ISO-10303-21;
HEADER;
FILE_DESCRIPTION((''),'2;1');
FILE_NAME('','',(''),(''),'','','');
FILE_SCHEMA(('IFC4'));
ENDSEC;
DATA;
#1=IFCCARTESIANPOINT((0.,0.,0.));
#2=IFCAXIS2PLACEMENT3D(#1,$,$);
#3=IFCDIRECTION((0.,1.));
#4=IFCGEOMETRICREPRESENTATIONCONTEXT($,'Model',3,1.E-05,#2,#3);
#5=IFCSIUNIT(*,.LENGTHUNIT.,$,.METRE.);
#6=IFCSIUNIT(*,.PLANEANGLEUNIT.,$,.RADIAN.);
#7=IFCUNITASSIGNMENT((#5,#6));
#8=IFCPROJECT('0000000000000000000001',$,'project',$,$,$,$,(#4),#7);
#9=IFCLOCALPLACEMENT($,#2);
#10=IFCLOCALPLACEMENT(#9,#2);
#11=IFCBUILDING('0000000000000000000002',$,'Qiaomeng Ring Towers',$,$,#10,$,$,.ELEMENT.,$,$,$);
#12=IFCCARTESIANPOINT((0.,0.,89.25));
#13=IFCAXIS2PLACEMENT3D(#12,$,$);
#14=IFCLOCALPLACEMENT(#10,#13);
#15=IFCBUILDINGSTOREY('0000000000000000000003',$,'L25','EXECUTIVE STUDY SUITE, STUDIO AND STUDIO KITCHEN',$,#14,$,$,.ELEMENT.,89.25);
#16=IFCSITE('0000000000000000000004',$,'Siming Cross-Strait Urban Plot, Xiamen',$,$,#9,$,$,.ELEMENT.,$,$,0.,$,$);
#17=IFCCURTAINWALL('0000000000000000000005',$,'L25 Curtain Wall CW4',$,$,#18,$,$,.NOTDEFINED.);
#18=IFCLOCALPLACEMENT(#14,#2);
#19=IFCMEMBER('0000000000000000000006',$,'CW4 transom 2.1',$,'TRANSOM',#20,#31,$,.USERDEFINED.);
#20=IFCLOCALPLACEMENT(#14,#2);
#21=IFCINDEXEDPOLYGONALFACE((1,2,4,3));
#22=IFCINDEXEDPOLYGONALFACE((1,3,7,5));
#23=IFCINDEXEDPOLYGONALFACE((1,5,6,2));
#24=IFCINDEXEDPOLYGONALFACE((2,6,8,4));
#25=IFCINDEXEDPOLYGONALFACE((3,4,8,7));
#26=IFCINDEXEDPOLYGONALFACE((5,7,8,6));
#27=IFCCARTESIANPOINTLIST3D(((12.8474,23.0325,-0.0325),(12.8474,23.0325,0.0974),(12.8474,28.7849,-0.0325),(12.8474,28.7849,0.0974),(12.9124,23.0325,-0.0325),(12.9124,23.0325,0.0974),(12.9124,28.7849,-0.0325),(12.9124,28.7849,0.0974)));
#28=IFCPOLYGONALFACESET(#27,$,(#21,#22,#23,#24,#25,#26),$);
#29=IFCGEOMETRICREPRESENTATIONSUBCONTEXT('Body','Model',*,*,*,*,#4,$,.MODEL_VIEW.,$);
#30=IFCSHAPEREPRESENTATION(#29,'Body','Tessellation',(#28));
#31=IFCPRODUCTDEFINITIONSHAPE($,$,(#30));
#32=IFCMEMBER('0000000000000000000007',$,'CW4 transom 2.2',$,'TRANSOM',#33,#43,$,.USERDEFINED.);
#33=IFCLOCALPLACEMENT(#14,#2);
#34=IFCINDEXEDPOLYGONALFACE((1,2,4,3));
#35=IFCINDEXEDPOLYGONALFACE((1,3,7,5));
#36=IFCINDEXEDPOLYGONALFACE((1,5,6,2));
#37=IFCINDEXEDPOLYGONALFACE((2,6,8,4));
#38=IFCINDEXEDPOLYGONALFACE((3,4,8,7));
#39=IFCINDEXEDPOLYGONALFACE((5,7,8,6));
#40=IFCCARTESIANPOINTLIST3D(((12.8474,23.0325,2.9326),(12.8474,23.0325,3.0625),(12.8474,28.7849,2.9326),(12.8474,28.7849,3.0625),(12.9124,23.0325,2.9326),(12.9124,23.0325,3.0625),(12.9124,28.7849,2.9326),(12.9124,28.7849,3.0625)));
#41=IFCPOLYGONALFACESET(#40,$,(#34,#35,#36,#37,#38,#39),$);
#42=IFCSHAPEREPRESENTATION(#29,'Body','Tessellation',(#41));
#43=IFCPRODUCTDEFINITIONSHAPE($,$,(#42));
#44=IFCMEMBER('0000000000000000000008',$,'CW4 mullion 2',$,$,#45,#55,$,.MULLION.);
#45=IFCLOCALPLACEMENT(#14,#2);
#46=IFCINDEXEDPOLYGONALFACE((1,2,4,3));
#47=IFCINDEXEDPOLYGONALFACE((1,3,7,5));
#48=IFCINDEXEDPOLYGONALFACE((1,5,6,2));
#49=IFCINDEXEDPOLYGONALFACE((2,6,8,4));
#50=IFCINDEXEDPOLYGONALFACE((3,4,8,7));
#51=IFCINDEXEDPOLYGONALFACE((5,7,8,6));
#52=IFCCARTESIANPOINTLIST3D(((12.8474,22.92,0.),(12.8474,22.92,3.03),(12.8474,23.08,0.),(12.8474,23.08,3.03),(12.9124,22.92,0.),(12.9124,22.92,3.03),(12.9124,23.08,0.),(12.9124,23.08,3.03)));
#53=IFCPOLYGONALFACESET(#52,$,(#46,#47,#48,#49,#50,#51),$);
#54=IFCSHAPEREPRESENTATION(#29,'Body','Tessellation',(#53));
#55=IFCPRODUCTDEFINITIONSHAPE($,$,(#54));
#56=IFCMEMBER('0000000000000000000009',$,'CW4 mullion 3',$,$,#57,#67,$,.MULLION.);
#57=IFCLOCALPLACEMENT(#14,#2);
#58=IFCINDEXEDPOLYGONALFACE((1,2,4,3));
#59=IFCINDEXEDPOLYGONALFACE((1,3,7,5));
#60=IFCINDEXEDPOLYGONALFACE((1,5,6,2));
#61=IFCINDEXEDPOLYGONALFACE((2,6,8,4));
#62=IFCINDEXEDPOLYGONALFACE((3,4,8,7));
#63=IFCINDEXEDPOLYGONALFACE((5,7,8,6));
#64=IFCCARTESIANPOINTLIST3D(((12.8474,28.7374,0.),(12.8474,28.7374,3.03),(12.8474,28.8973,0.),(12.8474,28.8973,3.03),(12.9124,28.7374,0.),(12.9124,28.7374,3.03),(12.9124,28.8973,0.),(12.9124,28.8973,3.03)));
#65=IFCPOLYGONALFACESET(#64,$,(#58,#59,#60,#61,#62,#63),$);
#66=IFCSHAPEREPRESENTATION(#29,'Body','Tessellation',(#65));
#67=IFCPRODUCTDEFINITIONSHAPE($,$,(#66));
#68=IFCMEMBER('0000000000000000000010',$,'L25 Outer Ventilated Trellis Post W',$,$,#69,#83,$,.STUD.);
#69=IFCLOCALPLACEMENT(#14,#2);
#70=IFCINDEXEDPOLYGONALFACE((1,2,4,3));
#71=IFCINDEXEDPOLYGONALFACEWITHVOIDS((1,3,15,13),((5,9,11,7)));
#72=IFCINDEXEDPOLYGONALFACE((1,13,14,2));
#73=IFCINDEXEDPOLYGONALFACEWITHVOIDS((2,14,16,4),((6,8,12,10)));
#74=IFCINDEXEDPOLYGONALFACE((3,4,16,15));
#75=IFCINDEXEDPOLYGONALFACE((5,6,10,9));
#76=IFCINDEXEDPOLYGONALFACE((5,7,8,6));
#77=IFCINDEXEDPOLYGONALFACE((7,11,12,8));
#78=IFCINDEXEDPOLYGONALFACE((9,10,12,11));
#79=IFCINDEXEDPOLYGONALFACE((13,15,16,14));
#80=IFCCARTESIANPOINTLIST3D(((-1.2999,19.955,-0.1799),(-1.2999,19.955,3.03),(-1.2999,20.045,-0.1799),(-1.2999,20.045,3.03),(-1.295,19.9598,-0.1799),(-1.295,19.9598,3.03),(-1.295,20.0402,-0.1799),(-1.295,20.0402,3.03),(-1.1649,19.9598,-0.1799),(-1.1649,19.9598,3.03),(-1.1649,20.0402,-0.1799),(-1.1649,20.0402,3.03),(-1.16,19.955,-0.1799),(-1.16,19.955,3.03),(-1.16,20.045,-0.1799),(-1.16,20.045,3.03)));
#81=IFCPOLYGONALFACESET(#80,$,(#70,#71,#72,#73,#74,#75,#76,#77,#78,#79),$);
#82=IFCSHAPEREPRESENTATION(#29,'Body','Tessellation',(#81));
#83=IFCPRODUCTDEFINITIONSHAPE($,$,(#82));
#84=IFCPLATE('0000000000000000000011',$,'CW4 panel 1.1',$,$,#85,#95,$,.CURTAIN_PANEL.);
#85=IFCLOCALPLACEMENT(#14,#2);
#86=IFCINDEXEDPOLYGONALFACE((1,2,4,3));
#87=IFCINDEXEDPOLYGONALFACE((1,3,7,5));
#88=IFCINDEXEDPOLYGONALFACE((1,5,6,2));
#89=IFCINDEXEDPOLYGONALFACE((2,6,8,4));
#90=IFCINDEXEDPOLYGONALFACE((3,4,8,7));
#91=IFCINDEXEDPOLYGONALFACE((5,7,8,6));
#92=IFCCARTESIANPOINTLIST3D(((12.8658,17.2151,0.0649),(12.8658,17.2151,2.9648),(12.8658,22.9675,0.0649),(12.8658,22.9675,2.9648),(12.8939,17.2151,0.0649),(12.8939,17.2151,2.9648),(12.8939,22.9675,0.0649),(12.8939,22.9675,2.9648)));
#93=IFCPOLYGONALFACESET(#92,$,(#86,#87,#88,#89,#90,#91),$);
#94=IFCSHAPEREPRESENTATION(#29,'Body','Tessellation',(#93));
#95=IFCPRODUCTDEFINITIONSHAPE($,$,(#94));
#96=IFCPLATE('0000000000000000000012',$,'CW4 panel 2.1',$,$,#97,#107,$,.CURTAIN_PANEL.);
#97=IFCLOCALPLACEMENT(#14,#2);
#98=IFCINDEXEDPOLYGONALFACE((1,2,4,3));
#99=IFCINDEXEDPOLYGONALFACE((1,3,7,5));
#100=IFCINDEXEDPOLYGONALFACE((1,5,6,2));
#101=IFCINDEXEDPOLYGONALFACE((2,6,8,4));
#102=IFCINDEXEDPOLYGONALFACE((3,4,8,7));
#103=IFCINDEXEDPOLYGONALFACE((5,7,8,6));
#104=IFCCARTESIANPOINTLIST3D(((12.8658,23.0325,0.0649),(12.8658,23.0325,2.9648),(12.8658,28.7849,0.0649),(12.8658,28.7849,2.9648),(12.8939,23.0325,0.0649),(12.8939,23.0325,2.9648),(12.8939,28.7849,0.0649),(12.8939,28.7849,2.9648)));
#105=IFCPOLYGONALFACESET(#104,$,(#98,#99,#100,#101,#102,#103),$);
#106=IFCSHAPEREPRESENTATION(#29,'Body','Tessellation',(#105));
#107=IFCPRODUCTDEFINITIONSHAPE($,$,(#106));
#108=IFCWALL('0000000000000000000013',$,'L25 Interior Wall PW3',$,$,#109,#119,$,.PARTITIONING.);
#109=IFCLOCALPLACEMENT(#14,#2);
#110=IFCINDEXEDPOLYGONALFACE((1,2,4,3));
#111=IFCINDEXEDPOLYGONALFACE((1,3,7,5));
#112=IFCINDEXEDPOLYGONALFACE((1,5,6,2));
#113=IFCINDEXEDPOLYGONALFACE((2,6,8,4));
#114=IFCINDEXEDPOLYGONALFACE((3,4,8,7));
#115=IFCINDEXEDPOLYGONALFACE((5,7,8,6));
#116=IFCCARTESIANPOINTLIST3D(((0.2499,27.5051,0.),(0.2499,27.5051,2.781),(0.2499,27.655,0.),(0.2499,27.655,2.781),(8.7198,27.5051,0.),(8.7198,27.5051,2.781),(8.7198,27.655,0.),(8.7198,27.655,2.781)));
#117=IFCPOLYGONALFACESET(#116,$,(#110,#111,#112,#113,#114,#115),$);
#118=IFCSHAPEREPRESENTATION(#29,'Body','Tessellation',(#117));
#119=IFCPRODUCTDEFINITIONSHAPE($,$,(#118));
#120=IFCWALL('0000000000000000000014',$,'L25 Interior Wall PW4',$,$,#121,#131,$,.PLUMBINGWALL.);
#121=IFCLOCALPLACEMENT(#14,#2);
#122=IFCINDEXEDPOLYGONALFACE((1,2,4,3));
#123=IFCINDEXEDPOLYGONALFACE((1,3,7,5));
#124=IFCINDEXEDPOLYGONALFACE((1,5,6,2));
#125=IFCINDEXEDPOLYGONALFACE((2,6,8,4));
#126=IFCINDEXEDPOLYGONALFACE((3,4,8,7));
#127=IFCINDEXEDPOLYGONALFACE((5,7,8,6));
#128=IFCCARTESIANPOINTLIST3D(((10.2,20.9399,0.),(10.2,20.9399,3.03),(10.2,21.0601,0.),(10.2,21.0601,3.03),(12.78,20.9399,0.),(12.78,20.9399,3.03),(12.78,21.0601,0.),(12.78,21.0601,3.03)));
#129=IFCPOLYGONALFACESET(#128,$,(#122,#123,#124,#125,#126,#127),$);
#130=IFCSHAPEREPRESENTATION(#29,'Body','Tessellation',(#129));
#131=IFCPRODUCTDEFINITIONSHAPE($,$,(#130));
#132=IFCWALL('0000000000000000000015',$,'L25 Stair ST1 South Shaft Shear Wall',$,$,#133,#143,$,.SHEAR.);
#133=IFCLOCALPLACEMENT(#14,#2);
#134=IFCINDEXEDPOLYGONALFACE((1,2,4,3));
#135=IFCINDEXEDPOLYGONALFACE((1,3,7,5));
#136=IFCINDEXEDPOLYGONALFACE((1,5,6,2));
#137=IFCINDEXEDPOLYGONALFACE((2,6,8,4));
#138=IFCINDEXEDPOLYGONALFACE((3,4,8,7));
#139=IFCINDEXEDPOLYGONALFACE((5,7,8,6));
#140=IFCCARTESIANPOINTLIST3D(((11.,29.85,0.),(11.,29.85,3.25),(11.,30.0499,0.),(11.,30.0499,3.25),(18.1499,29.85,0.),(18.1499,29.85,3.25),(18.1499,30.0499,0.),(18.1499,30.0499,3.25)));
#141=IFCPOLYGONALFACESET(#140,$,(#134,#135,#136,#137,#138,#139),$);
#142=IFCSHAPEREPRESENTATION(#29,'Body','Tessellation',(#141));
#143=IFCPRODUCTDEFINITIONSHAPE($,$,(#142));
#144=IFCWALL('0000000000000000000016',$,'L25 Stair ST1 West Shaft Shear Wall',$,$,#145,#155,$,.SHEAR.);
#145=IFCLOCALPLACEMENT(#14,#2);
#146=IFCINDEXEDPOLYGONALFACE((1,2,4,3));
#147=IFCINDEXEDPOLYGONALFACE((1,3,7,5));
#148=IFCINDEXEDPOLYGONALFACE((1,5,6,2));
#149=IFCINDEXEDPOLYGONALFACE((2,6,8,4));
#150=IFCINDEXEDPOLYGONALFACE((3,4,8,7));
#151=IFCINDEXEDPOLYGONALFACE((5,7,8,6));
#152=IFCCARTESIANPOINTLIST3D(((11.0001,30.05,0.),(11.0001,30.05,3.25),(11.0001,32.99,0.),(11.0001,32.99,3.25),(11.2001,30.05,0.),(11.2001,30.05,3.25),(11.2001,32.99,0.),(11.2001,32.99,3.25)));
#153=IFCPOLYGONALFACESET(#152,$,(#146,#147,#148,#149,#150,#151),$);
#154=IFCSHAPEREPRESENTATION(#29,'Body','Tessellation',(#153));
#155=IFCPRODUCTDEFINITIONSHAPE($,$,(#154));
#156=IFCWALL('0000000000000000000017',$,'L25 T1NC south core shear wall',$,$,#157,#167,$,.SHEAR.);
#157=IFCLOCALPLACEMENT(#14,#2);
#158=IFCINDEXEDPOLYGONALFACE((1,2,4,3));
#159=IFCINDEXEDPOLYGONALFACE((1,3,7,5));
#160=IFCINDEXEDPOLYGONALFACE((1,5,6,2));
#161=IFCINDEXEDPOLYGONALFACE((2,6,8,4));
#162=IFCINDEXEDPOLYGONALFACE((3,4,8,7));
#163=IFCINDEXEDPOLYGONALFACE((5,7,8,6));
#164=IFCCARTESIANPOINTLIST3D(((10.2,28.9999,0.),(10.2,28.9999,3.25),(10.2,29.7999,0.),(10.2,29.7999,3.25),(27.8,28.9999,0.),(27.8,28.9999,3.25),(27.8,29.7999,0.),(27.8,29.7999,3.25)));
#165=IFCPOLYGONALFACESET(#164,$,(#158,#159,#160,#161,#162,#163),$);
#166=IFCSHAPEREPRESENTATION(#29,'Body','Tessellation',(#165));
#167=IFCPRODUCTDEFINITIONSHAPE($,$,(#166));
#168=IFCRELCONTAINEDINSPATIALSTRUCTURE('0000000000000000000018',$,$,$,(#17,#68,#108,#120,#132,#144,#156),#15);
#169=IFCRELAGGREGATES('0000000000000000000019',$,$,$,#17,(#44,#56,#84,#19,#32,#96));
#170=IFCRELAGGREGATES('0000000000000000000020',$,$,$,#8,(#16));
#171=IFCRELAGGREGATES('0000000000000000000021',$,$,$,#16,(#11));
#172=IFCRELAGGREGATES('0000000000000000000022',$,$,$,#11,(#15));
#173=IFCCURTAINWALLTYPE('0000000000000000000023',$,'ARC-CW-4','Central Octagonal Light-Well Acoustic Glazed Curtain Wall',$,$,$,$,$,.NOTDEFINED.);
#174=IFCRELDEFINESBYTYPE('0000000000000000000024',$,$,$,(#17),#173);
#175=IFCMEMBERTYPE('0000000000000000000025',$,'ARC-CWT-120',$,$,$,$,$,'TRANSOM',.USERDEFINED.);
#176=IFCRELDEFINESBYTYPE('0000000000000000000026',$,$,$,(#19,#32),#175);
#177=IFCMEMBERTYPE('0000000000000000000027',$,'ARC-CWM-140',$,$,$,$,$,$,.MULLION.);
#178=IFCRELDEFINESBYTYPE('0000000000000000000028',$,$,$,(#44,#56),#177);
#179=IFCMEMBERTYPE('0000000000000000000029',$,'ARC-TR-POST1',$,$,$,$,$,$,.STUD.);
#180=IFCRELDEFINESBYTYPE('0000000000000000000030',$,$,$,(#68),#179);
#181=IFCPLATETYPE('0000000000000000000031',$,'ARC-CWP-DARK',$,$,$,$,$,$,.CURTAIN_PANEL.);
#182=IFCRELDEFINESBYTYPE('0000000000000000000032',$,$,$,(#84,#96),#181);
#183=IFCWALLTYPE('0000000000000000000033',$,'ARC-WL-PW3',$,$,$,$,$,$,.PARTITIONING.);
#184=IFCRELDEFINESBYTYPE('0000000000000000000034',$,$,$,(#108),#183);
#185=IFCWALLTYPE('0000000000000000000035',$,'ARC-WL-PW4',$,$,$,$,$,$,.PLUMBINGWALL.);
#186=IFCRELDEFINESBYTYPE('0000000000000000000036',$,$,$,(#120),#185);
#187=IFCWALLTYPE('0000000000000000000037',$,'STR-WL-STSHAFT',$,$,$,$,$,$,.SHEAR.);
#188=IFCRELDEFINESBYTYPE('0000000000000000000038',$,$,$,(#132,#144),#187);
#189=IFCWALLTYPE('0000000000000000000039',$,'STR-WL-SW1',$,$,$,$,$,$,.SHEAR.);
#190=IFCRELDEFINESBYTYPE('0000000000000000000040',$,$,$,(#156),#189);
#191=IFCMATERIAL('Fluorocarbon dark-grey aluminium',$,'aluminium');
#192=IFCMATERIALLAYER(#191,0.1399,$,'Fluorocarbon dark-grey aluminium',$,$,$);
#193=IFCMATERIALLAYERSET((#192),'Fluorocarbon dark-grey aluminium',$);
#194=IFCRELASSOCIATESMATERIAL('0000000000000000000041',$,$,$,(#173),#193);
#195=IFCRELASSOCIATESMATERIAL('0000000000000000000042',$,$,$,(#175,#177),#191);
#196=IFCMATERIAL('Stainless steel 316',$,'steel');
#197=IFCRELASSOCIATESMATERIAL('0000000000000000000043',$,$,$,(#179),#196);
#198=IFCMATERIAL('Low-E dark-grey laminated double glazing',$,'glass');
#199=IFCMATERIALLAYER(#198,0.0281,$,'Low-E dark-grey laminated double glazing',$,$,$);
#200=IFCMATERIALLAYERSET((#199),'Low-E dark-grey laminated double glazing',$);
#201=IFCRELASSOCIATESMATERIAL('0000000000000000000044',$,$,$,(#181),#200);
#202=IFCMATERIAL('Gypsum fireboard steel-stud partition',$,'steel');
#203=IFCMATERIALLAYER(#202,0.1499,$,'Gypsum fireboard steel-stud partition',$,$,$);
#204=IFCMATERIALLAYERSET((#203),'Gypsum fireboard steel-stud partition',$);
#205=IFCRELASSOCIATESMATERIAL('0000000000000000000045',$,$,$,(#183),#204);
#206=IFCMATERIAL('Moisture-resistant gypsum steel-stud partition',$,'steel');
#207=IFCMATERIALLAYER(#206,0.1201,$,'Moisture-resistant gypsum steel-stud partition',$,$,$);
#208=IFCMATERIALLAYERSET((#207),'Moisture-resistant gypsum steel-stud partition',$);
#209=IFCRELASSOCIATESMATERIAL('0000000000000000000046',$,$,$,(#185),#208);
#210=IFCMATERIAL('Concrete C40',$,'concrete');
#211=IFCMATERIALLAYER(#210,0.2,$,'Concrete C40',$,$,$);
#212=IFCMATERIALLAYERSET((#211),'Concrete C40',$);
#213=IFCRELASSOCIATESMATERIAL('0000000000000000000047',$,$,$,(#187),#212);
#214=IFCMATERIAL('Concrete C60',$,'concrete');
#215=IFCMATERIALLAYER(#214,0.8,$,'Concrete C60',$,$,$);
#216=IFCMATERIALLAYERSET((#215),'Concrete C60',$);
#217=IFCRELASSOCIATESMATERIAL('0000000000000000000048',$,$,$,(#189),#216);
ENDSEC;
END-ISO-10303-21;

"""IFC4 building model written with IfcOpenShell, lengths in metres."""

from ifc_helpers import new_model, si_unit, direction, frame, frame_2d, origin, origin_2d, place, context, subcontext, project, spatial, rectangle, hollow_rectangle, extrude, source, transform, mapped, material, layer, layer_set, material_profile, profile_set, type_object, element, aggregate, save


model = new_model("IFC4")

# Units and contexts
model_context = context("Model", 3, precision=1e-05, world=origin(), true_north=direction((0.0, 1.0)))
body_context = subcontext(model_context, "Body", "Model", "MODEL_VIEW")
ifc_project = project(units=[si_unit("LENGTHUNIT", "METRE"), si_unit("PLANEANGLEUNIT", "RADIAN")], contexts=[model_context])

# Site, building, storey
site_placement = place(None, origin())
site = spatial("IfcSite", under=ifc_project, at=site_placement, Name="Siming Cross-Strait Urban Plot, Xiamen", CompositionType="ELEMENT", RefElevation=0.0)
building_placement = place(site_placement, origin())
building = spatial("IfcBuilding", under=site, at=building_placement, Name="Qiaomeng Ring Towers", CompositionType="ELEMENT")
storey_placement = place(building_placement, frame((0.0, 0.0, 89.25)))
storey = spatial("IfcBuildingStorey", under=building, at=storey_placement, Name="L25", Description="EXECUTIVE STUDY SUITE, STUDIO AND STUDIO KITCHEN", CompositionType="ELEMENT", Elevation=89.25)

# Shared definitions
ifc_material_1 = material(Name="Concrete C60", Category="concrete")

# Curtain wall, members
ifc_material_2 = material(Name="Fluorocarbon dark-grey aluminium", Category="aluminium")
ifc_layer_1 = layer(ifc_material_2, 0.1399, Name="Fluorocarbon dark-grey aluminium")
ifc_layer_set_1 = layer_set([ifc_layer_1], Name="Fluorocarbon dark-grey aluminium")
curtain_wall_type = type_object("IfcCurtainWallType", Name="ARC-CW-4", Description="Central Octagonal Light-Well Acoustic Glazed Curtain Wall", PredefinedType="NOTDEFINED", material=ifc_layer_set_1)
curtain_wall_placement = place(storey_placement, origin())
curtain_wall = element("IfcCurtainWall", 1, at=curtain_wall_placement, inside=storey, type_object=curtain_wall_type, Name="L25 Curtain Wall CW4", PredefinedType="NOTDEFINED")
ifc_material_profile_1 = material_profile(ifc_material_2, rectangle(XDim=0.0649, YDim=0.1299, at=origin_2d()), Name="ALU TRAN 65x130")
ifc_profile_set_1 = profile_set([ifc_material_profile_1], Name="Fluorocarbon dark-grey aluminium")
member_type_1 = type_object("IfcMemberType", Name="ARC-CWT-120", ElementType="TRANSOM", PredefinedType="USERDEFINED", material=ifc_profile_set_1)
shared_shape_1 = source(origin(), body_context, "Body", "SweptSolid", [
    extrude(rectangle(XDim=0.0649, YDim=0.1299, at=origin_2d()), origin(), (0.0, 0.0, 1.0), 5.7524),
])
member_1_placement = place(storey_placement, frame((12.8799, 23.0325, 0.0325), z_axis=(0.0, 1.0, 0.0), x_axis=(-1.0, 0.0, 0.0)))
member_1 = element("IfcMember", 2, at=member_1_placement, type_object=member_type_1, Name="CW4 transom 2.1", ObjectType="TRANSOM", PredefinedType="USERDEFINED", context=body_context, shape_type="MappedRepresentation", body=[
    mapped(shared_shape_1, transform((0.0, 0.0, 0.0), x_axis=(1.0, 0.0, 0.0), y_axis=(0.0, 1.0, 0.0), z_axis=(0.0, 0.0, 1.0), scale=1.0)),
])
member_2_placement = place(storey_placement, frame((12.8799, 23.0325, 2.9976), z_axis=(0.0, 1.0, 0.0), x_axis=(-1.0, 0.0, 0.0)))
member_2 = element("IfcMember", 3, at=member_2_placement, type_object=member_type_1, Name="CW4 transom 2.2", ObjectType="TRANSOM", PredefinedType="USERDEFINED", context=body_context, shape_type="MappedRepresentation", body=[
    mapped(shared_shape_1, transform((0.0, 0.0, 0.0), x_axis=(1.0, 0.0, 0.0), y_axis=(0.0, 1.0, 0.0), z_axis=(0.0, 0.0, 1.0), scale=1.0)),
])
ifc_material_profile_2 = material_profile(ifc_material_2, rectangle(XDim=0.0649, YDim=0.1599, at=origin_2d()), Name="ALU MULL 65x160")
ifc_profile_set_2 = profile_set([ifc_material_profile_2], Name="Fluorocarbon dark-grey aluminium")
member_type_2 = type_object("IfcMemberType", Name="ARC-CWM-140", PredefinedType="MULLION", material=ifc_profile_set_2)
shared_shape_2 = source(origin(), body_context, "Body", "SweptSolid", [
    extrude(rectangle(XDim=0.0649, YDim=0.1599, at=origin_2d()), origin(), (0.0, 0.0, 1.0), 3.03),
])
member_3_placement = place(storey_placement, frame((12.8799, 23.0, 0.0), z_axis=(0.0, 0.0, 1.0), x_axis=(-1.0, 0.0, 0.0)))
member_3 = element("IfcMember", 4, at=member_3_placement, type_object=member_type_2, Name="CW4 mullion 2", PredefinedType="MULLION", context=body_context, shape_type="MappedRepresentation", body=[
    mapped(shared_shape_2, transform((0.0, 0.0, 0.0), x_axis=(1.0, 0.0, 0.0), y_axis=(0.0, 1.0, 0.0), z_axis=(0.0, 0.0, 1.0), scale=1.0)),
])
member_4_placement = place(storey_placement, frame((12.8799, 28.8174, 0.0), z_axis=(0.0, 0.0, 1.0), x_axis=(-1.0, 0.0, 0.0)))
member_4 = element("IfcMember", 5, at=member_4_placement, type_object=member_type_2, Name="CW4 mullion 3", PredefinedType="MULLION", context=body_context, shape_type="MappedRepresentation", body=[
    mapped(shared_shape_2, transform((0.0, 0.0, 0.0), x_axis=(1.0, 0.0, 0.0), y_axis=(0.0, 1.0, 0.0), z_axis=(0.0, 0.0, 1.0), scale=1.0)),
])

# Member
ifc_material_3 = material(Name="Stainless steel 316", Category="steel")
ifc_material_profile_3 = material_profile(ifc_material_3, hollow_rectangle(XDim=0.0901, YDim=0.1399, WallThickness=0.0049, at=origin_2d()), Name="SS TRELLIS 90x140")
ifc_profile_set_3 = profile_set([ifc_material_profile_3], Name="Stainless steel 316")
member_type_3 = type_object("IfcMemberType", Name="ARC-TR-POST1", PredefinedType="STUD", material=ifc_profile_set_3)
shared_shape_3 = source(origin(), body_context, "Body", "SweptSolid", [
    extrude(hollow_rectangle(XDim=0.0901, YDim=0.1399, WallThickness=0.0049, at=origin_2d()), origin(), (0.0, 0.0, 1.0), 3.21),
])
member_5_placement = place(storey_placement, frame((-1.23, 20.0, -0.1799), z_axis=(0.0, 0.0, 1.0), x_axis=(0.0, 1.0, 0.0)))
element("IfcMember", 6, at=member_5_placement, inside=storey, type_object=member_type_3, Name="L25 Outer Ventilated Trellis Post W", PredefinedType="STUD", context=body_context, shape_type="MappedRepresentation", body=[
    mapped(shared_shape_3, transform((0.0, 0.0, 0.0), x_axis=(1.0, 0.0, 0.0), y_axis=(0.0, 1.0, 0.0), z_axis=(0.0, 0.0, 1.0), scale=1.0)),
])

# Plates
ifc_material_4 = material(Name="Low-E dark-grey laminated double glazing", Category="glass")
ifc_layer_2 = layer(ifc_material_4, 0.0281, Name="Low-E dark-grey laminated double glazing")
ifc_layer_set_2 = layer_set([ifc_layer_2], Name="Low-E dark-grey laminated double glazing")
plate_type = type_object("IfcPlateType", Name="ARC-CWP-DARK", PredefinedType="CURTAIN_PANEL", material=ifc_layer_set_2)
shared_shape_4 = source(origin(), body_context, "Body", "SweptSolid", [
    extrude(rectangle(XDim=5.7524, YDim=0.0281, at=origin_2d()), origin(), (0.0, 0.0, 1.0), 2.8999),
])
plate_1_placement = place(storey_placement, frame((12.8799, 20.0913, 0.0649), z_axis=(0.0, 0.0, 1.0), x_axis=(0.0, 1.0, 0.0)))
plate_1 = element("IfcPlate", 7, at=plate_1_placement, type_object=plate_type, Name="CW4 panel 1.1", PredefinedType="CURTAIN_PANEL", context=body_context, shape_type="MappedRepresentation", body=[
    mapped(shared_shape_4, transform((0.0, 0.0, 0.0), x_axis=(1.0, 0.0, 0.0), y_axis=(0.0, 1.0, 0.0), z_axis=(0.0, 0.0, 1.0), scale=1.0)),
])
plate_2_placement = place(storey_placement, frame((12.8799, 25.9087, 0.0649), z_axis=(0.0, 0.0, 1.0), x_axis=(0.0, 1.0, 0.0)))
plate_2 = element("IfcPlate", 8, at=plate_2_placement, type_object=plate_type, Name="CW4 panel 2.1", PredefinedType="CURTAIN_PANEL", context=body_context, shape_type="MappedRepresentation", body=[
    mapped(shared_shape_4, transform((0.0, 0.0, 0.0), x_axis=(1.0, 0.0, 0.0), y_axis=(0.0, 1.0, 0.0), z_axis=(0.0, 0.0, 1.0), scale=1.0)),
])
aggregate(curtain_wall, [member_3, member_4, plate_1, member_1, member_2, plate_2])

# Walls
ifc_material_5 = material(Name="Gypsum fireboard steel-stud partition", Category="steel")
ifc_layer_3 = layer(ifc_material_5, 0.1499, Name="Gypsum fireboard steel-stud partition")
ifc_layer_set_3 = layer_set([ifc_layer_3], Name="Gypsum fireboard steel-stud partition")
wall_type_1 = type_object("IfcWallType", Name="ARC-WL-PW3", PredefinedType="PARTITIONING", material=ifc_layer_set_3)
wall_1_placement = place(storey_placement, frame((0.25, 27.5801, 0.0), z_axis=(0.0, 0.0, 1.0), x_axis=(1.0, 0.0, 0.0)))
element("IfcWall", 9, at=wall_1_placement, inside=storey, type_object=wall_type_1, Name="L25 Interior Wall PW3", PredefinedType="PARTITIONING", context=body_context, shape_type="SweptSolid", body=[
    extrude(rectangle(XDim=8.47, YDim=0.1499, at=frame_2d((4.2349, 0.0))), origin(), (0.0, 0.0, 1.0), 2.781),
])
ifc_material_6 = material(Name="Moisture-resistant gypsum steel-stud partition", Category="steel")
ifc_layer_4 = layer(ifc_material_6, 0.1201, Name="Moisture-resistant gypsum steel-stud partition")
ifc_layer_set_4 = layer_set([ifc_layer_4], Name="Moisture-resistant gypsum steel-stud partition")
wall_type_2 = type_object("IfcWallType", Name="ARC-WL-PW4", PredefinedType="PLUMBINGWALL", material=ifc_layer_set_4)
wall_2_placement = place(storey_placement, frame((10.2, 21.0, 0.0), z_axis=(0.0, 0.0, 1.0), x_axis=(1.0, 0.0, 0.0)))
element("IfcWall", 10, at=wall_2_placement, inside=storey, type_object=wall_type_2, Name="L25 Interior Wall PW4", PredefinedType="PLUMBINGWALL", context=body_context, shape_type="SweptSolid", body=[
    extrude(rectangle(XDim=2.5801, YDim=0.1201, at=frame_2d((1.29, 0.0))), origin(), (0.0, 0.0, 1.0), 3.03),
])
ifc_material_7 = material(Name="Concrete C40", Category="concrete")
ifc_layer_5 = layer(ifc_material_7, 0.2, Name="Concrete C40")
ifc_layer_set_5 = layer_set([ifc_layer_5], Name="Concrete C40")
wall_type_3 = type_object("IfcWallType", Name="STR-WL-STSHAFT", PredefinedType="SHEAR", material=ifc_layer_set_5)
wall_3_placement = place(storey_placement, frame((11.0, 29.95, 0.0), z_axis=(0.0, 0.0, 1.0), x_axis=(1.0, 0.0, 0.0)))
element("IfcWall", 11, at=wall_3_placement, inside=storey, type_object=wall_type_3, Name="L25 Stair ST1 South Shaft Shear Wall", PredefinedType="SHEAR", context=body_context, shape_type="SweptSolid", body=[
    extrude(rectangle(XDim=7.1499, YDim=0.2, at=frame_2d((3.575, 0.0))), origin(), (0.0, 0.0, 1.0), 3.25),
])
wall_4_placement = place(storey_placement, frame((11.1001, 30.05, 0.0), z_axis=(0.0, 0.0, 1.0), x_axis=(0.0, 1.0, 0.0)))
element("IfcWall", 12, at=wall_4_placement, inside=storey, type_object=wall_type_3, Name="L25 Stair ST1 West Shaft Shear Wall", PredefinedType="SHEAR", context=body_context, shape_type="SweptSolid", body=[
    extrude(rectangle(XDim=2.9399, YDim=0.2, at=frame_2d((1.47, 0.0))), origin(), (0.0, 0.0, 1.0), 3.25),
])
ifc_layer_6 = layer(ifc_material_1, 0.8, Name="Concrete C60")
ifc_layer_set_6 = layer_set([ifc_layer_6], Name="Concrete C60")
wall_type_4 = type_object("IfcWallType", Name="STR-WL-SW1", PredefinedType="SHEAR", material=ifc_layer_set_6)
wall_5_placement = place(storey_placement, frame((10.2, 29.3999, 0.0), z_axis=(0.0, 0.0, 1.0), x_axis=(1.0, 0.0, 0.0)))
element("IfcWall", 13, at=wall_5_placement, inside=storey, type_object=wall_type_4, Name="L25 T1NC south core shear wall", PredefinedType="SHEAR", context=body_context, shape_type="SweptSolid", body=[
    extrude(rectangle(XDim=17.6001, YDim=0.8, at=frame_2d((8.8, 0.0))), origin(), (0.0, 0.0, 1.0), 3.25),
])

save(model, "model.ifc")
